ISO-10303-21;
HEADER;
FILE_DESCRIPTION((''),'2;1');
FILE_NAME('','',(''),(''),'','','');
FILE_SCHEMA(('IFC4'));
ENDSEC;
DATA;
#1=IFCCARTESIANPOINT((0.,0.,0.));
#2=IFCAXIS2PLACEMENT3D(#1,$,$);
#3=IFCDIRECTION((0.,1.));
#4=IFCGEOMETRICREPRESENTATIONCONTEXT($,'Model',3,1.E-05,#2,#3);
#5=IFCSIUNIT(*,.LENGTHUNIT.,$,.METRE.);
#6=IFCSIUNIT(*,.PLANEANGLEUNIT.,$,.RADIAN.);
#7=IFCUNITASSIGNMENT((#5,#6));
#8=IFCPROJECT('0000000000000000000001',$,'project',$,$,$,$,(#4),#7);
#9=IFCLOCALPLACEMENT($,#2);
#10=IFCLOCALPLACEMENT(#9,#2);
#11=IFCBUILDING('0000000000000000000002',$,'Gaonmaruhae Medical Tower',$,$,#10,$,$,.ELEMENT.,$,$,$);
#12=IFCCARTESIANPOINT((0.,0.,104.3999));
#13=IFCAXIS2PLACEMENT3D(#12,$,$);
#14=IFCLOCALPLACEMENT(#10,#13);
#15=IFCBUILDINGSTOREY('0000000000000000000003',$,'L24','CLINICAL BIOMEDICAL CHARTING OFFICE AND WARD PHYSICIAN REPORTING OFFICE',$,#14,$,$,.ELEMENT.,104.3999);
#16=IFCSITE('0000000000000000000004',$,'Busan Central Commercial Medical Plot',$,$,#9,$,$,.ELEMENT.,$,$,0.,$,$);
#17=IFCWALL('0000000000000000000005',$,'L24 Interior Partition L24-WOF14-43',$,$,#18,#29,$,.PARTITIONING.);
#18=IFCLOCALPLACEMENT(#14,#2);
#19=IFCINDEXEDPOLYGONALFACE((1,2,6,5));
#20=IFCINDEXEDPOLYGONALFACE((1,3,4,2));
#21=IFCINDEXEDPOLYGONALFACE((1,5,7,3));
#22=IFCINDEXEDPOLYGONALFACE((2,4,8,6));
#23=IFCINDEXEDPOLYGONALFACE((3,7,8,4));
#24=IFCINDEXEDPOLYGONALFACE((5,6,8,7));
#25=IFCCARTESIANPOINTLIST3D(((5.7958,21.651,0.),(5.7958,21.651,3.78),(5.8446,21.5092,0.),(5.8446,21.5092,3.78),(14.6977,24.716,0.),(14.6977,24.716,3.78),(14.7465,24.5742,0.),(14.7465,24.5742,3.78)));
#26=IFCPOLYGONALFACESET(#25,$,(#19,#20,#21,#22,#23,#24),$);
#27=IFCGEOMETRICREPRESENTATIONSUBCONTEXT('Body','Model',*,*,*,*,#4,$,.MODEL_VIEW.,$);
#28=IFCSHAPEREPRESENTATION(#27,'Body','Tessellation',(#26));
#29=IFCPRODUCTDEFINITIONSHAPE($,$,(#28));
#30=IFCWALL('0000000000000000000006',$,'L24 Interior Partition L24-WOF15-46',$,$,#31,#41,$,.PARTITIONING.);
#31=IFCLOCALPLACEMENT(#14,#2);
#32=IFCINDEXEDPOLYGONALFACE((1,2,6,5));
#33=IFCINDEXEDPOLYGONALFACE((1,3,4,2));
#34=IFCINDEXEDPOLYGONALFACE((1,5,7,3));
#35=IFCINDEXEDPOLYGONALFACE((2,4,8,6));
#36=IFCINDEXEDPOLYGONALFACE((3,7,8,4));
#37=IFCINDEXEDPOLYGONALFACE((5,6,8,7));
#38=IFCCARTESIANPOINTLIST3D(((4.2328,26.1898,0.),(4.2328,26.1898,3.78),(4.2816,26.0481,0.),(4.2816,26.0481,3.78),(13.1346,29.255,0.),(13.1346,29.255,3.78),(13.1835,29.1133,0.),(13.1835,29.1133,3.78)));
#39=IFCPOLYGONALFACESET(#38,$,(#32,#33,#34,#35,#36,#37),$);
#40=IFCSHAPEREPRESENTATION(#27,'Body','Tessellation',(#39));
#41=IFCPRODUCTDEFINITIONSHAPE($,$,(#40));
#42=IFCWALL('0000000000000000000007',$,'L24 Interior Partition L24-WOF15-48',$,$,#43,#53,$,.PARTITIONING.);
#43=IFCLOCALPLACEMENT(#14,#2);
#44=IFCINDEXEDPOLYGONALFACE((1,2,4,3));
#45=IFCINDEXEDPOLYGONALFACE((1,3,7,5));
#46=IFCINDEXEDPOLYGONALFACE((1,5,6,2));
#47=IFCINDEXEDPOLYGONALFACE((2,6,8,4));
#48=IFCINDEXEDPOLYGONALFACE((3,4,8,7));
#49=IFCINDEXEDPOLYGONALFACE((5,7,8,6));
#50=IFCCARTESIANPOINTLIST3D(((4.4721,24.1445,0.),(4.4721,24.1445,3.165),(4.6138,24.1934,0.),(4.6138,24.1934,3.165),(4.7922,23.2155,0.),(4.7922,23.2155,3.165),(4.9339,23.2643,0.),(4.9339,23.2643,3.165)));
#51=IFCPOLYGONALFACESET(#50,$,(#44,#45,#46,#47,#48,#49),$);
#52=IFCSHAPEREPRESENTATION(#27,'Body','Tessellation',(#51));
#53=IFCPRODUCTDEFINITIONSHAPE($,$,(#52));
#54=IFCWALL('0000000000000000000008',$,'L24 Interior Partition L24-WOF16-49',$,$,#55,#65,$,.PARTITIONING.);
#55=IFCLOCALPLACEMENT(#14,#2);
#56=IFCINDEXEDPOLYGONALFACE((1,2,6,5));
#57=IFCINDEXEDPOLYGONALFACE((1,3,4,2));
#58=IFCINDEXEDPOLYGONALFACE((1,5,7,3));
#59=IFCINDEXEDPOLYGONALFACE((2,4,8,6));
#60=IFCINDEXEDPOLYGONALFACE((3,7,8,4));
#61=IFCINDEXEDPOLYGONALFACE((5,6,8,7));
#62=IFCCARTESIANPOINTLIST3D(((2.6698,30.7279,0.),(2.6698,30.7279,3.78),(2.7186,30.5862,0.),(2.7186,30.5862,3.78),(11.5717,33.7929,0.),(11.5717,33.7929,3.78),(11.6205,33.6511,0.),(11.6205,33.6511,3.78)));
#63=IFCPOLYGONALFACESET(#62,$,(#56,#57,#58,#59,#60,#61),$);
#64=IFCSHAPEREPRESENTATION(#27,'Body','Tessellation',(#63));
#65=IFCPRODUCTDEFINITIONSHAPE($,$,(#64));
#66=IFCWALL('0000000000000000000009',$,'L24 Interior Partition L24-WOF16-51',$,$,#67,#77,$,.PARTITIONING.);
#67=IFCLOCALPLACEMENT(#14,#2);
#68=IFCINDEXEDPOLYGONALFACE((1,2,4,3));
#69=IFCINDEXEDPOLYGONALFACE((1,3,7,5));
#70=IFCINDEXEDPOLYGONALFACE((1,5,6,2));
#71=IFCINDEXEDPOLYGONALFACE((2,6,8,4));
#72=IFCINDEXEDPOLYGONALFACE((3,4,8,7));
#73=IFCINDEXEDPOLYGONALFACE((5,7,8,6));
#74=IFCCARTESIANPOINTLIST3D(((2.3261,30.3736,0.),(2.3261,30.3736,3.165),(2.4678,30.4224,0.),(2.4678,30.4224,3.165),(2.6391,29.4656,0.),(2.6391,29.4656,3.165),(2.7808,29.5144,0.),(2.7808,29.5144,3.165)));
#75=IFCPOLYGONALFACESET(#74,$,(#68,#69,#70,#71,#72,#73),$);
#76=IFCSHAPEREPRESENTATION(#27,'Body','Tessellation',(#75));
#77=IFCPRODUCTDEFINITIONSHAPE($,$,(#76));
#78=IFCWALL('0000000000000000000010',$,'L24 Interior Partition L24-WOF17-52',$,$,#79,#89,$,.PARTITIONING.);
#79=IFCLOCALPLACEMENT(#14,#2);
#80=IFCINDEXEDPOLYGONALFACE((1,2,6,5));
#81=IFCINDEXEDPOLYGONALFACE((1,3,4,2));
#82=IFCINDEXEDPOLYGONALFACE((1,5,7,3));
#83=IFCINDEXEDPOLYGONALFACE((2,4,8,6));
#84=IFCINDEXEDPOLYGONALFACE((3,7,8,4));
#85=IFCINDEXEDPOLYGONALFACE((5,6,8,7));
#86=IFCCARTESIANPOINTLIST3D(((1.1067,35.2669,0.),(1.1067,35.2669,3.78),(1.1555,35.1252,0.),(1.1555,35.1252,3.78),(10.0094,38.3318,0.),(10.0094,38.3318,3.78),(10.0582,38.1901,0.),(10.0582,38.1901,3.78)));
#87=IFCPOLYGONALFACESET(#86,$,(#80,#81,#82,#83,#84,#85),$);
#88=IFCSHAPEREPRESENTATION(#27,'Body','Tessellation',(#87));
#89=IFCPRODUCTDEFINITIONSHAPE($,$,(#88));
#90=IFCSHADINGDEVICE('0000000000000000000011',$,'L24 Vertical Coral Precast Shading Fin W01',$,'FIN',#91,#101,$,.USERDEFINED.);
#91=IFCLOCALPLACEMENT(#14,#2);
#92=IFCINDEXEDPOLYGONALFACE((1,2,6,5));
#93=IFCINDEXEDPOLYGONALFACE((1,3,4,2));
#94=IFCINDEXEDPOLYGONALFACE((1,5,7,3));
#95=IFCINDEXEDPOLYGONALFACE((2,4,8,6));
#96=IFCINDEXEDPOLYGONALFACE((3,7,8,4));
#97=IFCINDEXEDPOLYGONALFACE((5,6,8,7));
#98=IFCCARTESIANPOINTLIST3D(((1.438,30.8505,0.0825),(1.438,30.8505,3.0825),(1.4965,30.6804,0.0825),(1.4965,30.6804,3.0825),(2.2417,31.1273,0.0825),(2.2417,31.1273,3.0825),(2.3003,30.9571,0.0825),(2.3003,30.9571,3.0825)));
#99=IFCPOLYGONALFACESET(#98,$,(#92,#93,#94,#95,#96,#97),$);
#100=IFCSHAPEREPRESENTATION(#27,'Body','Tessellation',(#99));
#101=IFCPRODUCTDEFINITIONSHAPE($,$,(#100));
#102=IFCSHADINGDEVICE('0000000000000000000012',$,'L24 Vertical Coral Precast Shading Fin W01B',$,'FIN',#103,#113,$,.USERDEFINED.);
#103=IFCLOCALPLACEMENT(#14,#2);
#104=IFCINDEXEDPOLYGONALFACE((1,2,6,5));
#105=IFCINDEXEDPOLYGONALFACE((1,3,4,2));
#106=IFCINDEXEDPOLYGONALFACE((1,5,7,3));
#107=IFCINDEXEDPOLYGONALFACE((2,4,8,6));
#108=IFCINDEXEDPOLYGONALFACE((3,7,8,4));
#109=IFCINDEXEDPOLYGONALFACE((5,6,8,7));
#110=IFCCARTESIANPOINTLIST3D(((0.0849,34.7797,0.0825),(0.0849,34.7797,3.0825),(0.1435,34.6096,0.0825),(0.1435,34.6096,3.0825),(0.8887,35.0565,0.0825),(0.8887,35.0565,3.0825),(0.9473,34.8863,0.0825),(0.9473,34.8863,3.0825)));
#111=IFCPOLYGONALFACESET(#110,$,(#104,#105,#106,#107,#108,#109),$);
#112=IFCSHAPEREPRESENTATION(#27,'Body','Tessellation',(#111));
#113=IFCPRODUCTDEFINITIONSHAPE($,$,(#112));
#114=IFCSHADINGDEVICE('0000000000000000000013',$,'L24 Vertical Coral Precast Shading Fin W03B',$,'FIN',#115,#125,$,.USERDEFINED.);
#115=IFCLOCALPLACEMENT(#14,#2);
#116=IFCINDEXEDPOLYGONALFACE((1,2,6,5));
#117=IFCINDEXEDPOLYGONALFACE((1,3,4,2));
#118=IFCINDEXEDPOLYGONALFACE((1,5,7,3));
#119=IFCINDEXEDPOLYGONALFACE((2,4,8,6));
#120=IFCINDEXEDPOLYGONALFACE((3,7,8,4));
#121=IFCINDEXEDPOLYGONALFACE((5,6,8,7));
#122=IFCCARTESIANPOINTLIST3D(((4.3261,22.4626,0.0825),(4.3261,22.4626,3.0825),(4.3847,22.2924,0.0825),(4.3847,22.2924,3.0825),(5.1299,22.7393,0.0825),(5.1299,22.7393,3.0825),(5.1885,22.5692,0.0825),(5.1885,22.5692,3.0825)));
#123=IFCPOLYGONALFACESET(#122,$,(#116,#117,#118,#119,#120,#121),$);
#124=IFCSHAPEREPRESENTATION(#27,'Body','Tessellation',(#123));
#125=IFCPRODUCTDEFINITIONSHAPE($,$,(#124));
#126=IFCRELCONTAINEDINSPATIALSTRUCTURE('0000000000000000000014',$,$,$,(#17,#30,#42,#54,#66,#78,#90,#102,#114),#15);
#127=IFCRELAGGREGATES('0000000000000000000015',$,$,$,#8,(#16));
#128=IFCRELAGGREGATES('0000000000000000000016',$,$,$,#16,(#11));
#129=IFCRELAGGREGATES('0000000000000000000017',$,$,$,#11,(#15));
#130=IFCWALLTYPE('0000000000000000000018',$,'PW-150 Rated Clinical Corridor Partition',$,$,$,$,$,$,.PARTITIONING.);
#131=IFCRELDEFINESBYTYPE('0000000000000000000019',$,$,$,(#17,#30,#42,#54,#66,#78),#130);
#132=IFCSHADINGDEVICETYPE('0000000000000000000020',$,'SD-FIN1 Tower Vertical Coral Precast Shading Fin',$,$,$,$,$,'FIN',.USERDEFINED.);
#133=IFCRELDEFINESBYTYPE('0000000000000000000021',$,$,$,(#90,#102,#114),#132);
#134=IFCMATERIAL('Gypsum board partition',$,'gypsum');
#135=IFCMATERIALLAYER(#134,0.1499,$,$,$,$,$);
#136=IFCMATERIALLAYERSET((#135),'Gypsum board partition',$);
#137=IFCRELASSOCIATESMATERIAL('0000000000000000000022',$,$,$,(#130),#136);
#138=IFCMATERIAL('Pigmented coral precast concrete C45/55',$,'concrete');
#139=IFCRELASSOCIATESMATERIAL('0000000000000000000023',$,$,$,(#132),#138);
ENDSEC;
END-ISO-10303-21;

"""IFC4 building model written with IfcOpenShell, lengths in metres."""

from ifc_helpers import new_model, si_unit, direction, frame, frame_2d, origin, origin_2d, place, context, subcontext, project, spatial, rectangle, extrude, material, layer, layer_set, type_object, element, save


model = new_model("IFC4")

# Units and contexts
model_context = context("Model", 3, precision=1e-05, world=origin(), true_north=direction((0.0, 1.0)))
body_context = subcontext(model_context, "Body", "Model", "MODEL_VIEW")
ifc_project = project(units=[si_unit("LENGTHUNIT", "METRE"), si_unit("PLANEANGLEUNIT", "RADIAN")], contexts=[model_context])

# Site, building, storey
site_placement = place(None, origin())
site = spatial("IfcSite", under=ifc_project, at=site_placement, Name="Busan Central Commercial Medical Plot", CompositionType="ELEMENT", RefElevation=0.0)
building_placement = place(site_placement, origin())
building = spatial("IfcBuilding", under=site, at=building_placement, Name="Gaonmaruhae Medical Tower", CompositionType="ELEMENT")
storey_placement = place(building_placement, frame((0.0, 0.0, 104.3999)))
storey = spatial("IfcBuildingStorey", under=building, at=storey_placement, Name="L24", Description="CLINICAL BIOMEDICAL CHARTING OFFICE AND WARD PHYSICIAN REPORTING OFFICE", CompositionType="ELEMENT", Elevation=104.3999)

# Walls
ifc_material_1 = material(Name="Gypsum board partition", Category="gypsum")
ifc_layer_1 = layer(ifc_material_1, 0.1499)
ifc_layer_set_1 = layer_set([ifc_layer_1], Name="Gypsum board partition")
wall_type_1 = type_object("IfcWallType", Name="PW-150 Rated Clinical Corridor Partition", PredefinedType="PARTITIONING", material=ifc_layer_set_1)
for number, where, z_axis, x_axis, name in (
    (1, (5.8201, 21.5801, 0.0), (0.0, 0.0, 1.0), (0.945526, 0.325548, 0.0), "L24 Interior Partition L24-WOF14-43"),
    (2, (4.2571, 26.1189, 0.0), (0.0, 0.0, 1.0), (0.945518, 0.325571, 0.0), "L24 Interior Partition L24-WOF15-46"),
):
    element("IfcWall", number, at=place(storey_placement, frame(where, z_axis=z_axis, x_axis=x_axis)), inside=storey, type_object=wall_type_1, Name=name, PredefinedType="PARTITIONING", context=body_context, shape_type="SweptSolid", body=[
        extrude(rectangle(XDim=9.4148, YDim=0.1499, at=frame_2d((4.7075, 0.0))), origin(), (0.0, 0.0, 1.0), 3.78),
    ])
wall_1_placement = place(storey_placement, frame((4.863, 23.24, 0.0), z_axis=(0.0, 0.0, 1.0), x_axis=(-0.325753, 0.945455, 0.0)))
element("IfcWall", 3, at=wall_1_placement, inside=storey, type_object=wall_type_1, Name="L24 Interior Partition L24-WOF15-48", PredefinedType="PARTITIONING", context=body_context, shape_type="SweptSolid", body=[
    extrude(rectangle(XDim=0.9827, YDim=0.1499, at=frame_2d((0.4912, 0.0))), origin(), (0.0, 0.0, 1.0), 3.165),
])
wall_2_placement = place(storey_placement, frame((2.6941, 30.657, 0.0), z_axis=(0.0, 0.0, 1.0), x_axis=(0.945526, 0.325548, 0.0)))
element("IfcWall", 4, at=wall_2_placement, inside=storey, type_object=wall_type_1, Name="L24 Interior Partition L24-WOF16-49", PredefinedType="PARTITIONING", context=body_context, shape_type="SweptSolid", body=[
    extrude(rectangle(XDim=9.4148, YDim=0.1499, at=frame_2d((4.7075, 0.0))), origin(), (0.0, 0.0, 1.0), 3.78),
])

# Walls
wall_3_placement = place(storey_placement, frame((2.71, 29.49, 0.0), z_axis=(0.0, 0.0, 1.0), x_axis=(-0.325897, 0.945405, 0.0)))
element("IfcWall", 5, at=wall_3_placement, inside=storey, type_object=wall_type_1, Name="L24 Interior Partition L24-WOF16-51", PredefinedType="PARTITIONING", context=body_context, shape_type="SweptSolid", body=[
    extrude(rectangle(XDim=0.9604, YDim=0.1499, at=frame_2d((0.4802, 0.0))), origin(), (0.0, 0.0, 1.0), 3.165),
])
wall_4_placement = place(storey_placement, frame((1.1311, 35.196, 0.0), z_axis=(0.0, 0.0, 1.0), x_axis=(0.945537, 0.325516, 0.0)))
element("IfcWall", 6, at=wall_4_placement, inside=storey, type_object=wall_type_1, Name="L24 Interior Partition L24-WOF17-52", PredefinedType="PARTITIONING", context=body_context, shape_type="SweptSolid", body=[
    extrude(rectangle(XDim=9.4155, YDim=0.1499, at=frame_2d((4.7078, 0.0))), origin(), (0.0, 0.0, 1.0), 3.78),
])

# Shading devices
ifc_material_2 = material(Name="Pigmented coral precast concrete C45/55", Category="concrete")
shading_device_type = type_object("IfcShadingDeviceType", Name="SD-FIN1 Tower Vertical Coral Precast Shading Fin", ElementType="FIN", PredefinedType="USERDEFINED", material=ifc_material_2)
for number, where, z_axis, x_axis, name in (
    (7, (1.8691, 30.9038, 0.0825), (0.0, 0.0, 1.0), (-0.325585, 0.945513, 0.0), "L24 Vertical Coral Precast Shading Fin W01"),
    (8, (0.5161, 34.833, 0.0825), (0.0, 0.0, 1.0), (-0.325585, 0.945513, 0.0), "L24 Vertical Coral Precast Shading Fin W01B"),
    (9, (4.7573, 22.5159, 0.0825), (0.0, 0.0, 1.0), (-0.325568, 0.945519, 0.0), "L24 Vertical Coral Precast Shading Fin W03B"),
):
    element("IfcShadingDevice", number, at=place(storey_placement, frame(where, z_axis=z_axis, x_axis=x_axis)), inside=storey, type_object=shading_device_type, Name=name, ObjectType="FIN", PredefinedType="USERDEFINED", context=body_context, shape_type="SweptSolid", body=[
        extrude(rectangle(XDim=0.1799, YDim=0.8501, at=origin_2d()), origin(), (0.0, 0.0, 1.0), 3.0),
    ])

save(model, "model.ifc")
